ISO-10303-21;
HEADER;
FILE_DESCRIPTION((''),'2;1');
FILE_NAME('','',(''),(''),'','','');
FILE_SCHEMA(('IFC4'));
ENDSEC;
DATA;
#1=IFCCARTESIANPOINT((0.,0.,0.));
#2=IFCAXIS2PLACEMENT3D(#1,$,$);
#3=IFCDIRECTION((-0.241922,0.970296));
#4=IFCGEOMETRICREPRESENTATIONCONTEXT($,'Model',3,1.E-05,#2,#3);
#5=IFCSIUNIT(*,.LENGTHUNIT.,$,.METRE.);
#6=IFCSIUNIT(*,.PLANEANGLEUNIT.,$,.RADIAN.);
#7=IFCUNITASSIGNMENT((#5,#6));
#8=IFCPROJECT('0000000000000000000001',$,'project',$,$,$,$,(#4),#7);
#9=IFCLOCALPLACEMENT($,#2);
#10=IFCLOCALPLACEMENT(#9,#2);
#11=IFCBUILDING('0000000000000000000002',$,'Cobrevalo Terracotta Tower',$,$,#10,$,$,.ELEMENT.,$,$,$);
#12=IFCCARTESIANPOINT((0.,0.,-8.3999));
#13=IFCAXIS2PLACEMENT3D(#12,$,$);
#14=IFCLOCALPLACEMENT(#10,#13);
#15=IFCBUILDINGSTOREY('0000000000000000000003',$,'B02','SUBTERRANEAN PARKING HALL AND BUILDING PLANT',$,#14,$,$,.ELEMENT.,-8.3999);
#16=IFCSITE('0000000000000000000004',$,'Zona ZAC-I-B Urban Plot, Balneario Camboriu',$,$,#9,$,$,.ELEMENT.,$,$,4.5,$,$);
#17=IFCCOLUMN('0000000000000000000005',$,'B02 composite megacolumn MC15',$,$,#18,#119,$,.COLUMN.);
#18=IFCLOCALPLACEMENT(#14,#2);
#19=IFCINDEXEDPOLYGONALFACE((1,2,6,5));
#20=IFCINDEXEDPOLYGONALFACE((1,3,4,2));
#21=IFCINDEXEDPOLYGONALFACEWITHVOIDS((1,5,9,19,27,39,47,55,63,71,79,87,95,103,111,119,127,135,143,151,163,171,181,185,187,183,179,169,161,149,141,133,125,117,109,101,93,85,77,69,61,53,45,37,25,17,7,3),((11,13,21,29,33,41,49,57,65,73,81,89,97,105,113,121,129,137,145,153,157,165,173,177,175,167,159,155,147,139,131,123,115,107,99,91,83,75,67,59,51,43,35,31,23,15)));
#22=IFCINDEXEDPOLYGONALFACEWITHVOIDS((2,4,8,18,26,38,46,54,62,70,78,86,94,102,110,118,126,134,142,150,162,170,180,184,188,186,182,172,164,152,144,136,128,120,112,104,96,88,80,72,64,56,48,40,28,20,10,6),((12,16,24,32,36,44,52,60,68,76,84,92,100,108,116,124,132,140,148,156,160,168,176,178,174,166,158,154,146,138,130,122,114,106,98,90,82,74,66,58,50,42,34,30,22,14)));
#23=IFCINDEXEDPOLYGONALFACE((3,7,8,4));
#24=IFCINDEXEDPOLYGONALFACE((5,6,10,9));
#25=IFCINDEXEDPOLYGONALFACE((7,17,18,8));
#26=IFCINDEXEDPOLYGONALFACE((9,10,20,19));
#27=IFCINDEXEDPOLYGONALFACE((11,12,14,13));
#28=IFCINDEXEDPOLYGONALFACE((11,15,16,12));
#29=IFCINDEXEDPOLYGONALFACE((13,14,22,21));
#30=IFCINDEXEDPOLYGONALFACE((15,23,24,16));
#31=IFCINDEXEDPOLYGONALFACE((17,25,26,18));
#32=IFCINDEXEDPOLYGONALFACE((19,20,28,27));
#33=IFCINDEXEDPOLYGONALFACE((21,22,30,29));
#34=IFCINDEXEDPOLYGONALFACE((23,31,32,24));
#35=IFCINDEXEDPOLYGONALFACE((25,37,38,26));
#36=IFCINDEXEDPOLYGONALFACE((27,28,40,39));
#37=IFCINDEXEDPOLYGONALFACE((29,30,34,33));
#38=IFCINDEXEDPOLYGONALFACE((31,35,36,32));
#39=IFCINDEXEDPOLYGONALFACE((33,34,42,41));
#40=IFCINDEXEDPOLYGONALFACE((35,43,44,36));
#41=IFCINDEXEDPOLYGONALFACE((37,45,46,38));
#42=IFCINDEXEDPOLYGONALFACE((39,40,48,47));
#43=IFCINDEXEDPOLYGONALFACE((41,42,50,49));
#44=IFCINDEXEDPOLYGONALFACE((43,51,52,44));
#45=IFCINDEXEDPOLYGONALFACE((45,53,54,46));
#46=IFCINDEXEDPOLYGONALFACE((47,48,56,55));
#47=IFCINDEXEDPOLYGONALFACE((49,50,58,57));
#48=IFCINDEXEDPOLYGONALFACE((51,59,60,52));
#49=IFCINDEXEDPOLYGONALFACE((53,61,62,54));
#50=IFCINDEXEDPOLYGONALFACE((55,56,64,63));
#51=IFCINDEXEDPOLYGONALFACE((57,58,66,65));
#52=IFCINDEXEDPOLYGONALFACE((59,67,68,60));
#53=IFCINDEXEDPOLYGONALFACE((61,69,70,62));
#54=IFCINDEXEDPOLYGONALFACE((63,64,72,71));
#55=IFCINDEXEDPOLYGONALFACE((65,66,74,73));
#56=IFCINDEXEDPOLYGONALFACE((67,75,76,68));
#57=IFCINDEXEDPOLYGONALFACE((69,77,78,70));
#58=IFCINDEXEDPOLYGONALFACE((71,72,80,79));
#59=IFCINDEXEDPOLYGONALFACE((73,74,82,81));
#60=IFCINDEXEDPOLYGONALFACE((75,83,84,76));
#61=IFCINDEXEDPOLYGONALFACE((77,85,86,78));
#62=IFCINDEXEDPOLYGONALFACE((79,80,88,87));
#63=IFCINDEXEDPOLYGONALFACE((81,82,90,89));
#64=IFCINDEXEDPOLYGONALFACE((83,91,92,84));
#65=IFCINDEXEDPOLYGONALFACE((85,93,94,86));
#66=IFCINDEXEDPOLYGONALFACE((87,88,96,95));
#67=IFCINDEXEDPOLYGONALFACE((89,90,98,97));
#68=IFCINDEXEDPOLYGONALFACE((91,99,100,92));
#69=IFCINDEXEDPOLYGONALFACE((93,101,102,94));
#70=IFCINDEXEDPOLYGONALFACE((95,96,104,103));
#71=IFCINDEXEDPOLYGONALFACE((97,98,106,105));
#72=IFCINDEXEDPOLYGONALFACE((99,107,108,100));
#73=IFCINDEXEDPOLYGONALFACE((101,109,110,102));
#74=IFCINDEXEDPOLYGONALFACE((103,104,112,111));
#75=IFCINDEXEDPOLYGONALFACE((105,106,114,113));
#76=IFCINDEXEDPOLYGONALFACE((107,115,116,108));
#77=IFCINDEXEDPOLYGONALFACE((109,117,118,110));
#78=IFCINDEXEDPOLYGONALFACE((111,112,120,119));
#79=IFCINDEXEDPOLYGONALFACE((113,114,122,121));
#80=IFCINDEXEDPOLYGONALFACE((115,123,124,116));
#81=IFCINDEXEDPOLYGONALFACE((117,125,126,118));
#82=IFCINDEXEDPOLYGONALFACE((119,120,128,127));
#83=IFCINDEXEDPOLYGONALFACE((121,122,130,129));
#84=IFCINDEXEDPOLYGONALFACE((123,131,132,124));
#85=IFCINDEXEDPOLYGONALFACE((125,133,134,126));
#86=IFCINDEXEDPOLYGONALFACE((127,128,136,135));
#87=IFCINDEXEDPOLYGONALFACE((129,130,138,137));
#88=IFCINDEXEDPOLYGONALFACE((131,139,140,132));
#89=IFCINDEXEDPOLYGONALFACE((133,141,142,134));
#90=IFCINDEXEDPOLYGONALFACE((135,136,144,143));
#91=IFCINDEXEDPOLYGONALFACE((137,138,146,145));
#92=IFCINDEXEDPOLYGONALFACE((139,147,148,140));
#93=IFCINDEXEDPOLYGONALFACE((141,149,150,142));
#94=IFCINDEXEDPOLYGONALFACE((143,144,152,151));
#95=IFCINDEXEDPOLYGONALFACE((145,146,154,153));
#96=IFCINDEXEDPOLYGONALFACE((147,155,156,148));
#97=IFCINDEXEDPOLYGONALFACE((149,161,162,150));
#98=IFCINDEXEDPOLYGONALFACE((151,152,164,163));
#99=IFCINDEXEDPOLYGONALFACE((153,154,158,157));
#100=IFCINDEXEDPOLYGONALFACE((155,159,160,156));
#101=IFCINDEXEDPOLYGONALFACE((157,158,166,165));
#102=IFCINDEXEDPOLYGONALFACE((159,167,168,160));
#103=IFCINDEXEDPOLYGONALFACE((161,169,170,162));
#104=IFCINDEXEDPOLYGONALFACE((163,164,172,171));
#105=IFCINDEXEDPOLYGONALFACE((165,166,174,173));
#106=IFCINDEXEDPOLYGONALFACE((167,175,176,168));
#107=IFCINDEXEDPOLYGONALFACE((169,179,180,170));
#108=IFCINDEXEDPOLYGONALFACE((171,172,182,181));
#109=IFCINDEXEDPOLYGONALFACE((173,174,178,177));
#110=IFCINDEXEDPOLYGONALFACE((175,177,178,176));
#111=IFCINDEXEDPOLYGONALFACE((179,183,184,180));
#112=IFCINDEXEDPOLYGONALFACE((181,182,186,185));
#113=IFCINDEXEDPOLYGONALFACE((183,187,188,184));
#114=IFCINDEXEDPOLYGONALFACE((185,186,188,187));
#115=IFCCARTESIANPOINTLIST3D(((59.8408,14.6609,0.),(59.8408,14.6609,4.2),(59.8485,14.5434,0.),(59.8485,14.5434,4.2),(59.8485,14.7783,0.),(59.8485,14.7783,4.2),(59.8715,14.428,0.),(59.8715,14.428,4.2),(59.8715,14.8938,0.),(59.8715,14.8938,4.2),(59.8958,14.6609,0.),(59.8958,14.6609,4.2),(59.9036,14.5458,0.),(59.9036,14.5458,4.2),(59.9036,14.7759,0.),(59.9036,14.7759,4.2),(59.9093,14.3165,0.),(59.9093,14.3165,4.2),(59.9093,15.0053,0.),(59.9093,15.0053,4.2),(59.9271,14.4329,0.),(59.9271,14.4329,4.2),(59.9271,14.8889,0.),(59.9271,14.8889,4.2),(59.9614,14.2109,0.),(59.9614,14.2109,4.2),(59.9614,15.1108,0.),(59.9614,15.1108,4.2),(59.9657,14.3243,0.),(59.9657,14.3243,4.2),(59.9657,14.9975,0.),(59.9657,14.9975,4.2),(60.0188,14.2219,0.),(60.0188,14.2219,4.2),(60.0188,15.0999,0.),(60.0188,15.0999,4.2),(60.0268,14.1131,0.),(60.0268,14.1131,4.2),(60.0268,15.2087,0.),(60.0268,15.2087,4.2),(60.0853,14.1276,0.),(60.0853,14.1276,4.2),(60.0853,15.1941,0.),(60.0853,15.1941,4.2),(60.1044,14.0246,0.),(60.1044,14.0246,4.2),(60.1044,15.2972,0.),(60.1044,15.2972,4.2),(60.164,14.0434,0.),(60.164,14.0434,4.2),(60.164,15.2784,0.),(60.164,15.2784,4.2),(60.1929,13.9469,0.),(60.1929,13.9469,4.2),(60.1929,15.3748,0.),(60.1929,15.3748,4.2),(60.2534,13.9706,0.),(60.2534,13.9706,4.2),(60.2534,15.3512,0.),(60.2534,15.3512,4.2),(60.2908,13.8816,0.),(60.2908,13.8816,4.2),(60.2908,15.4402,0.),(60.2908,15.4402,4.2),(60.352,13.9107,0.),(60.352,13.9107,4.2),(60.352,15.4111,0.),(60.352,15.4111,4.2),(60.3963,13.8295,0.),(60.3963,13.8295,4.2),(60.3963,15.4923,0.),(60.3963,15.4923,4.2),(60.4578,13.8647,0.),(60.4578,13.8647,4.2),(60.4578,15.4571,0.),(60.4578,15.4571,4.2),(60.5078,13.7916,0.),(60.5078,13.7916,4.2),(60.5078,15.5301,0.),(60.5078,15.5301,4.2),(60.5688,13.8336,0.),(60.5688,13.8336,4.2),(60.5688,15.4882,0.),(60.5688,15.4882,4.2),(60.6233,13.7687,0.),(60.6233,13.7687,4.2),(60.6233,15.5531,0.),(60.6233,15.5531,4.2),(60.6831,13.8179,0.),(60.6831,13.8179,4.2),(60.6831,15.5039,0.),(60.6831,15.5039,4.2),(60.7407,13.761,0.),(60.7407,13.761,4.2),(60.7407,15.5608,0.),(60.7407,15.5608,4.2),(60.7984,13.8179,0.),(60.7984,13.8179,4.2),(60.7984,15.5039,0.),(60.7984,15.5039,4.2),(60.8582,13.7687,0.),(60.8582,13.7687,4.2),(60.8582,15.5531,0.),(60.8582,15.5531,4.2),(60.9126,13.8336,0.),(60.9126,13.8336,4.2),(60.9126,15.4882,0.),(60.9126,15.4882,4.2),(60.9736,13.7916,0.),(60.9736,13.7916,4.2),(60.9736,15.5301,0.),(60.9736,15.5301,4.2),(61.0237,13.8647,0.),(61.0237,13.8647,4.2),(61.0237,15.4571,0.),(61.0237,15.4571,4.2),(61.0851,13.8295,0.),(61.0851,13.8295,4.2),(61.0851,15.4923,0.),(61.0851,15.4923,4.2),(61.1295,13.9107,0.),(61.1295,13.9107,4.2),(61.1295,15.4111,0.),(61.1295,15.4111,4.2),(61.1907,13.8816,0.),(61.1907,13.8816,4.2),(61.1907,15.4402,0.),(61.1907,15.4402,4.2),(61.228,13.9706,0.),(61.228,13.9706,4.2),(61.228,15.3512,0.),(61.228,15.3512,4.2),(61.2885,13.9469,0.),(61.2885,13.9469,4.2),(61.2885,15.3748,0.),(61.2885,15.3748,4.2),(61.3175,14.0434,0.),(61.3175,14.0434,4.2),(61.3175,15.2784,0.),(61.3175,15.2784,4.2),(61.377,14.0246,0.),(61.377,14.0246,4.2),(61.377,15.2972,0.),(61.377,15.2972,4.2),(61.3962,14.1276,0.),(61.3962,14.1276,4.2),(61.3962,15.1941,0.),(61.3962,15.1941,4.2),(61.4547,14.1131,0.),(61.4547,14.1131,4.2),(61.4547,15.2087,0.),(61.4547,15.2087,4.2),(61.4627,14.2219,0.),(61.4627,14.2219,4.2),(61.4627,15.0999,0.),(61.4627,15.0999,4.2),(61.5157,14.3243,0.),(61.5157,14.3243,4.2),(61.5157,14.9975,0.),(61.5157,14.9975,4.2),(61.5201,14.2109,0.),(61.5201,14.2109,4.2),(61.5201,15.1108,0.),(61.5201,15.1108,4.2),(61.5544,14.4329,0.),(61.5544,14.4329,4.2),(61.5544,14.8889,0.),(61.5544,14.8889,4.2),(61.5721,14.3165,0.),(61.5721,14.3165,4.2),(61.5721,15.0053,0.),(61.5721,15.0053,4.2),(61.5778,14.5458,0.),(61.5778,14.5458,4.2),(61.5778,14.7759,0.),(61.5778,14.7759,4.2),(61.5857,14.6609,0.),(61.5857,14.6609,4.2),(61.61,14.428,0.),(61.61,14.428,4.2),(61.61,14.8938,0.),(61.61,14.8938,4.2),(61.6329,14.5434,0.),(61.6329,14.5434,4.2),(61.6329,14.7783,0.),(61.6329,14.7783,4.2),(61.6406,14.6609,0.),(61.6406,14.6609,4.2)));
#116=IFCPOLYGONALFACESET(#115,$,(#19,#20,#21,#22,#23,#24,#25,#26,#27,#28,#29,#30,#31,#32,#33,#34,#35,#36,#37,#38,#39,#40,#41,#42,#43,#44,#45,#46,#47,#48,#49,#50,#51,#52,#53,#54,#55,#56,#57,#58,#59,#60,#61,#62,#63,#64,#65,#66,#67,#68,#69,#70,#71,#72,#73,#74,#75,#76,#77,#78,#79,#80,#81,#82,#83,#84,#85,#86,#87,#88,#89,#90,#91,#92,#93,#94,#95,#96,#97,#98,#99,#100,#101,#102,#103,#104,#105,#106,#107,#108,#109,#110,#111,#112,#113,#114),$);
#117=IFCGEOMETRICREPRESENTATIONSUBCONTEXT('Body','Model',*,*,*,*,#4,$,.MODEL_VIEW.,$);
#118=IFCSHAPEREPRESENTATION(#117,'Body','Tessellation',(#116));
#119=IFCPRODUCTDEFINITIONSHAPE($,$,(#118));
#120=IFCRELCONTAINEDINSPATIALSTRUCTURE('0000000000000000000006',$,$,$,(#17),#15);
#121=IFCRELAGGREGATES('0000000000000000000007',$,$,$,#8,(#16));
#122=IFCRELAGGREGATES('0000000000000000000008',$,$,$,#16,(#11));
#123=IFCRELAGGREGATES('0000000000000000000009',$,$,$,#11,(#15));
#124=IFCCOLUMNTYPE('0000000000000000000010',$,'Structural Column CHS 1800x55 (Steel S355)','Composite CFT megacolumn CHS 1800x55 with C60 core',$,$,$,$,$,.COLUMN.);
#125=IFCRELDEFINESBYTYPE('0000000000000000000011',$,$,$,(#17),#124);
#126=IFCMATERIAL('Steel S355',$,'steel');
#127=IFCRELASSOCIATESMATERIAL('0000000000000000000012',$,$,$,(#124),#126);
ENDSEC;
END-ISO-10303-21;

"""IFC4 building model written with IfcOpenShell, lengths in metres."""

from ifc_helpers import new_model, si_unit, direction, frame, origin, origin_2d, place, context, subcontext, project, spatial, hollow_circle, extrude, material, material_profile, profile_set, type_object, element, save


model = new_model("IFC4")

# Units and contexts
model_context = context("Model", 3, precision=1e-05, world=origin(), true_north=direction((-0.241922, 0.970296)))
body_context = subcontext(model_context, "Body", "Model", "MODEL_VIEW")
ifc_project = project(units=[si_unit("LENGTHUNIT", "METRE"), si_unit("PLANEANGLEUNIT", "RADIAN")], contexts=[model_context])

# Site, building, storey
site_placement = place(None, origin())
site = spatial("IfcSite", under=ifc_project, at=site_placement, Name="Zona ZAC-I-B Urban Plot, Balneario Camboriu", CompositionType="ELEMENT", RefElevation=4.5)
building_placement = place(site_placement, origin())
building = spatial("IfcBuilding", under=site, at=building_placement, Name="Cobrevalo Terracotta Tower", CompositionType="ELEMENT")
storey_placement = place(building_placement, frame((0.0, 0.0, -8.3999)))
storey = spatial("IfcBuildingStorey", under=building, at=storey_placement, Name="B02", Description="SUBTERRANEAN PARKING HALL AND BUILDING PLANT", CompositionType="ELEMENT", Elevation=-8.3999)

# Column
ifc_material_1 = material(Name="Steel S355", Category="steel")
ifc_material_profile_1 = material_profile(ifc_material_1, hollow_circle(Radius=0.8999, WallThickness=0.0549, at=origin_2d()), Name="CHS 1800x55")
ifc_profile_set_1 = profile_set([ifc_material_profile_1], Name="Steel S355")
column_type_1 = type_object("IfcColumnType", Name="Structural Column CHS 1800x55 (Steel S355)", Description="Composite CFT megacolumn CHS 1800x55 with C60 core", PredefinedType="COLUMN", material=ifc_profile_set_1)
for number, where, z_axis, x_axis, name in (
    (1, (60.7407, 14.6609, 0.0), (0.0, 0.0, 1.0), (1.0, 0.0, 0.0), "B02 composite megacolumn MC15"),
):
    element("IfcColumn", number, at=place(storey_placement, frame(where, z_axis=z_axis, x_axis=x_axis)), inside=storey, type_object=column_type_1, Name=name, PredefinedType="COLUMN", context=body_context, shape_type="SweptSolid", body=[
        extrude(hollow_circle(Radius=0.8999, WallThickness=0.0549, at=origin_2d()), origin(), (0.0, 0.0, 1.0), 4.2),
    ])

save(model, "model.ifc")
